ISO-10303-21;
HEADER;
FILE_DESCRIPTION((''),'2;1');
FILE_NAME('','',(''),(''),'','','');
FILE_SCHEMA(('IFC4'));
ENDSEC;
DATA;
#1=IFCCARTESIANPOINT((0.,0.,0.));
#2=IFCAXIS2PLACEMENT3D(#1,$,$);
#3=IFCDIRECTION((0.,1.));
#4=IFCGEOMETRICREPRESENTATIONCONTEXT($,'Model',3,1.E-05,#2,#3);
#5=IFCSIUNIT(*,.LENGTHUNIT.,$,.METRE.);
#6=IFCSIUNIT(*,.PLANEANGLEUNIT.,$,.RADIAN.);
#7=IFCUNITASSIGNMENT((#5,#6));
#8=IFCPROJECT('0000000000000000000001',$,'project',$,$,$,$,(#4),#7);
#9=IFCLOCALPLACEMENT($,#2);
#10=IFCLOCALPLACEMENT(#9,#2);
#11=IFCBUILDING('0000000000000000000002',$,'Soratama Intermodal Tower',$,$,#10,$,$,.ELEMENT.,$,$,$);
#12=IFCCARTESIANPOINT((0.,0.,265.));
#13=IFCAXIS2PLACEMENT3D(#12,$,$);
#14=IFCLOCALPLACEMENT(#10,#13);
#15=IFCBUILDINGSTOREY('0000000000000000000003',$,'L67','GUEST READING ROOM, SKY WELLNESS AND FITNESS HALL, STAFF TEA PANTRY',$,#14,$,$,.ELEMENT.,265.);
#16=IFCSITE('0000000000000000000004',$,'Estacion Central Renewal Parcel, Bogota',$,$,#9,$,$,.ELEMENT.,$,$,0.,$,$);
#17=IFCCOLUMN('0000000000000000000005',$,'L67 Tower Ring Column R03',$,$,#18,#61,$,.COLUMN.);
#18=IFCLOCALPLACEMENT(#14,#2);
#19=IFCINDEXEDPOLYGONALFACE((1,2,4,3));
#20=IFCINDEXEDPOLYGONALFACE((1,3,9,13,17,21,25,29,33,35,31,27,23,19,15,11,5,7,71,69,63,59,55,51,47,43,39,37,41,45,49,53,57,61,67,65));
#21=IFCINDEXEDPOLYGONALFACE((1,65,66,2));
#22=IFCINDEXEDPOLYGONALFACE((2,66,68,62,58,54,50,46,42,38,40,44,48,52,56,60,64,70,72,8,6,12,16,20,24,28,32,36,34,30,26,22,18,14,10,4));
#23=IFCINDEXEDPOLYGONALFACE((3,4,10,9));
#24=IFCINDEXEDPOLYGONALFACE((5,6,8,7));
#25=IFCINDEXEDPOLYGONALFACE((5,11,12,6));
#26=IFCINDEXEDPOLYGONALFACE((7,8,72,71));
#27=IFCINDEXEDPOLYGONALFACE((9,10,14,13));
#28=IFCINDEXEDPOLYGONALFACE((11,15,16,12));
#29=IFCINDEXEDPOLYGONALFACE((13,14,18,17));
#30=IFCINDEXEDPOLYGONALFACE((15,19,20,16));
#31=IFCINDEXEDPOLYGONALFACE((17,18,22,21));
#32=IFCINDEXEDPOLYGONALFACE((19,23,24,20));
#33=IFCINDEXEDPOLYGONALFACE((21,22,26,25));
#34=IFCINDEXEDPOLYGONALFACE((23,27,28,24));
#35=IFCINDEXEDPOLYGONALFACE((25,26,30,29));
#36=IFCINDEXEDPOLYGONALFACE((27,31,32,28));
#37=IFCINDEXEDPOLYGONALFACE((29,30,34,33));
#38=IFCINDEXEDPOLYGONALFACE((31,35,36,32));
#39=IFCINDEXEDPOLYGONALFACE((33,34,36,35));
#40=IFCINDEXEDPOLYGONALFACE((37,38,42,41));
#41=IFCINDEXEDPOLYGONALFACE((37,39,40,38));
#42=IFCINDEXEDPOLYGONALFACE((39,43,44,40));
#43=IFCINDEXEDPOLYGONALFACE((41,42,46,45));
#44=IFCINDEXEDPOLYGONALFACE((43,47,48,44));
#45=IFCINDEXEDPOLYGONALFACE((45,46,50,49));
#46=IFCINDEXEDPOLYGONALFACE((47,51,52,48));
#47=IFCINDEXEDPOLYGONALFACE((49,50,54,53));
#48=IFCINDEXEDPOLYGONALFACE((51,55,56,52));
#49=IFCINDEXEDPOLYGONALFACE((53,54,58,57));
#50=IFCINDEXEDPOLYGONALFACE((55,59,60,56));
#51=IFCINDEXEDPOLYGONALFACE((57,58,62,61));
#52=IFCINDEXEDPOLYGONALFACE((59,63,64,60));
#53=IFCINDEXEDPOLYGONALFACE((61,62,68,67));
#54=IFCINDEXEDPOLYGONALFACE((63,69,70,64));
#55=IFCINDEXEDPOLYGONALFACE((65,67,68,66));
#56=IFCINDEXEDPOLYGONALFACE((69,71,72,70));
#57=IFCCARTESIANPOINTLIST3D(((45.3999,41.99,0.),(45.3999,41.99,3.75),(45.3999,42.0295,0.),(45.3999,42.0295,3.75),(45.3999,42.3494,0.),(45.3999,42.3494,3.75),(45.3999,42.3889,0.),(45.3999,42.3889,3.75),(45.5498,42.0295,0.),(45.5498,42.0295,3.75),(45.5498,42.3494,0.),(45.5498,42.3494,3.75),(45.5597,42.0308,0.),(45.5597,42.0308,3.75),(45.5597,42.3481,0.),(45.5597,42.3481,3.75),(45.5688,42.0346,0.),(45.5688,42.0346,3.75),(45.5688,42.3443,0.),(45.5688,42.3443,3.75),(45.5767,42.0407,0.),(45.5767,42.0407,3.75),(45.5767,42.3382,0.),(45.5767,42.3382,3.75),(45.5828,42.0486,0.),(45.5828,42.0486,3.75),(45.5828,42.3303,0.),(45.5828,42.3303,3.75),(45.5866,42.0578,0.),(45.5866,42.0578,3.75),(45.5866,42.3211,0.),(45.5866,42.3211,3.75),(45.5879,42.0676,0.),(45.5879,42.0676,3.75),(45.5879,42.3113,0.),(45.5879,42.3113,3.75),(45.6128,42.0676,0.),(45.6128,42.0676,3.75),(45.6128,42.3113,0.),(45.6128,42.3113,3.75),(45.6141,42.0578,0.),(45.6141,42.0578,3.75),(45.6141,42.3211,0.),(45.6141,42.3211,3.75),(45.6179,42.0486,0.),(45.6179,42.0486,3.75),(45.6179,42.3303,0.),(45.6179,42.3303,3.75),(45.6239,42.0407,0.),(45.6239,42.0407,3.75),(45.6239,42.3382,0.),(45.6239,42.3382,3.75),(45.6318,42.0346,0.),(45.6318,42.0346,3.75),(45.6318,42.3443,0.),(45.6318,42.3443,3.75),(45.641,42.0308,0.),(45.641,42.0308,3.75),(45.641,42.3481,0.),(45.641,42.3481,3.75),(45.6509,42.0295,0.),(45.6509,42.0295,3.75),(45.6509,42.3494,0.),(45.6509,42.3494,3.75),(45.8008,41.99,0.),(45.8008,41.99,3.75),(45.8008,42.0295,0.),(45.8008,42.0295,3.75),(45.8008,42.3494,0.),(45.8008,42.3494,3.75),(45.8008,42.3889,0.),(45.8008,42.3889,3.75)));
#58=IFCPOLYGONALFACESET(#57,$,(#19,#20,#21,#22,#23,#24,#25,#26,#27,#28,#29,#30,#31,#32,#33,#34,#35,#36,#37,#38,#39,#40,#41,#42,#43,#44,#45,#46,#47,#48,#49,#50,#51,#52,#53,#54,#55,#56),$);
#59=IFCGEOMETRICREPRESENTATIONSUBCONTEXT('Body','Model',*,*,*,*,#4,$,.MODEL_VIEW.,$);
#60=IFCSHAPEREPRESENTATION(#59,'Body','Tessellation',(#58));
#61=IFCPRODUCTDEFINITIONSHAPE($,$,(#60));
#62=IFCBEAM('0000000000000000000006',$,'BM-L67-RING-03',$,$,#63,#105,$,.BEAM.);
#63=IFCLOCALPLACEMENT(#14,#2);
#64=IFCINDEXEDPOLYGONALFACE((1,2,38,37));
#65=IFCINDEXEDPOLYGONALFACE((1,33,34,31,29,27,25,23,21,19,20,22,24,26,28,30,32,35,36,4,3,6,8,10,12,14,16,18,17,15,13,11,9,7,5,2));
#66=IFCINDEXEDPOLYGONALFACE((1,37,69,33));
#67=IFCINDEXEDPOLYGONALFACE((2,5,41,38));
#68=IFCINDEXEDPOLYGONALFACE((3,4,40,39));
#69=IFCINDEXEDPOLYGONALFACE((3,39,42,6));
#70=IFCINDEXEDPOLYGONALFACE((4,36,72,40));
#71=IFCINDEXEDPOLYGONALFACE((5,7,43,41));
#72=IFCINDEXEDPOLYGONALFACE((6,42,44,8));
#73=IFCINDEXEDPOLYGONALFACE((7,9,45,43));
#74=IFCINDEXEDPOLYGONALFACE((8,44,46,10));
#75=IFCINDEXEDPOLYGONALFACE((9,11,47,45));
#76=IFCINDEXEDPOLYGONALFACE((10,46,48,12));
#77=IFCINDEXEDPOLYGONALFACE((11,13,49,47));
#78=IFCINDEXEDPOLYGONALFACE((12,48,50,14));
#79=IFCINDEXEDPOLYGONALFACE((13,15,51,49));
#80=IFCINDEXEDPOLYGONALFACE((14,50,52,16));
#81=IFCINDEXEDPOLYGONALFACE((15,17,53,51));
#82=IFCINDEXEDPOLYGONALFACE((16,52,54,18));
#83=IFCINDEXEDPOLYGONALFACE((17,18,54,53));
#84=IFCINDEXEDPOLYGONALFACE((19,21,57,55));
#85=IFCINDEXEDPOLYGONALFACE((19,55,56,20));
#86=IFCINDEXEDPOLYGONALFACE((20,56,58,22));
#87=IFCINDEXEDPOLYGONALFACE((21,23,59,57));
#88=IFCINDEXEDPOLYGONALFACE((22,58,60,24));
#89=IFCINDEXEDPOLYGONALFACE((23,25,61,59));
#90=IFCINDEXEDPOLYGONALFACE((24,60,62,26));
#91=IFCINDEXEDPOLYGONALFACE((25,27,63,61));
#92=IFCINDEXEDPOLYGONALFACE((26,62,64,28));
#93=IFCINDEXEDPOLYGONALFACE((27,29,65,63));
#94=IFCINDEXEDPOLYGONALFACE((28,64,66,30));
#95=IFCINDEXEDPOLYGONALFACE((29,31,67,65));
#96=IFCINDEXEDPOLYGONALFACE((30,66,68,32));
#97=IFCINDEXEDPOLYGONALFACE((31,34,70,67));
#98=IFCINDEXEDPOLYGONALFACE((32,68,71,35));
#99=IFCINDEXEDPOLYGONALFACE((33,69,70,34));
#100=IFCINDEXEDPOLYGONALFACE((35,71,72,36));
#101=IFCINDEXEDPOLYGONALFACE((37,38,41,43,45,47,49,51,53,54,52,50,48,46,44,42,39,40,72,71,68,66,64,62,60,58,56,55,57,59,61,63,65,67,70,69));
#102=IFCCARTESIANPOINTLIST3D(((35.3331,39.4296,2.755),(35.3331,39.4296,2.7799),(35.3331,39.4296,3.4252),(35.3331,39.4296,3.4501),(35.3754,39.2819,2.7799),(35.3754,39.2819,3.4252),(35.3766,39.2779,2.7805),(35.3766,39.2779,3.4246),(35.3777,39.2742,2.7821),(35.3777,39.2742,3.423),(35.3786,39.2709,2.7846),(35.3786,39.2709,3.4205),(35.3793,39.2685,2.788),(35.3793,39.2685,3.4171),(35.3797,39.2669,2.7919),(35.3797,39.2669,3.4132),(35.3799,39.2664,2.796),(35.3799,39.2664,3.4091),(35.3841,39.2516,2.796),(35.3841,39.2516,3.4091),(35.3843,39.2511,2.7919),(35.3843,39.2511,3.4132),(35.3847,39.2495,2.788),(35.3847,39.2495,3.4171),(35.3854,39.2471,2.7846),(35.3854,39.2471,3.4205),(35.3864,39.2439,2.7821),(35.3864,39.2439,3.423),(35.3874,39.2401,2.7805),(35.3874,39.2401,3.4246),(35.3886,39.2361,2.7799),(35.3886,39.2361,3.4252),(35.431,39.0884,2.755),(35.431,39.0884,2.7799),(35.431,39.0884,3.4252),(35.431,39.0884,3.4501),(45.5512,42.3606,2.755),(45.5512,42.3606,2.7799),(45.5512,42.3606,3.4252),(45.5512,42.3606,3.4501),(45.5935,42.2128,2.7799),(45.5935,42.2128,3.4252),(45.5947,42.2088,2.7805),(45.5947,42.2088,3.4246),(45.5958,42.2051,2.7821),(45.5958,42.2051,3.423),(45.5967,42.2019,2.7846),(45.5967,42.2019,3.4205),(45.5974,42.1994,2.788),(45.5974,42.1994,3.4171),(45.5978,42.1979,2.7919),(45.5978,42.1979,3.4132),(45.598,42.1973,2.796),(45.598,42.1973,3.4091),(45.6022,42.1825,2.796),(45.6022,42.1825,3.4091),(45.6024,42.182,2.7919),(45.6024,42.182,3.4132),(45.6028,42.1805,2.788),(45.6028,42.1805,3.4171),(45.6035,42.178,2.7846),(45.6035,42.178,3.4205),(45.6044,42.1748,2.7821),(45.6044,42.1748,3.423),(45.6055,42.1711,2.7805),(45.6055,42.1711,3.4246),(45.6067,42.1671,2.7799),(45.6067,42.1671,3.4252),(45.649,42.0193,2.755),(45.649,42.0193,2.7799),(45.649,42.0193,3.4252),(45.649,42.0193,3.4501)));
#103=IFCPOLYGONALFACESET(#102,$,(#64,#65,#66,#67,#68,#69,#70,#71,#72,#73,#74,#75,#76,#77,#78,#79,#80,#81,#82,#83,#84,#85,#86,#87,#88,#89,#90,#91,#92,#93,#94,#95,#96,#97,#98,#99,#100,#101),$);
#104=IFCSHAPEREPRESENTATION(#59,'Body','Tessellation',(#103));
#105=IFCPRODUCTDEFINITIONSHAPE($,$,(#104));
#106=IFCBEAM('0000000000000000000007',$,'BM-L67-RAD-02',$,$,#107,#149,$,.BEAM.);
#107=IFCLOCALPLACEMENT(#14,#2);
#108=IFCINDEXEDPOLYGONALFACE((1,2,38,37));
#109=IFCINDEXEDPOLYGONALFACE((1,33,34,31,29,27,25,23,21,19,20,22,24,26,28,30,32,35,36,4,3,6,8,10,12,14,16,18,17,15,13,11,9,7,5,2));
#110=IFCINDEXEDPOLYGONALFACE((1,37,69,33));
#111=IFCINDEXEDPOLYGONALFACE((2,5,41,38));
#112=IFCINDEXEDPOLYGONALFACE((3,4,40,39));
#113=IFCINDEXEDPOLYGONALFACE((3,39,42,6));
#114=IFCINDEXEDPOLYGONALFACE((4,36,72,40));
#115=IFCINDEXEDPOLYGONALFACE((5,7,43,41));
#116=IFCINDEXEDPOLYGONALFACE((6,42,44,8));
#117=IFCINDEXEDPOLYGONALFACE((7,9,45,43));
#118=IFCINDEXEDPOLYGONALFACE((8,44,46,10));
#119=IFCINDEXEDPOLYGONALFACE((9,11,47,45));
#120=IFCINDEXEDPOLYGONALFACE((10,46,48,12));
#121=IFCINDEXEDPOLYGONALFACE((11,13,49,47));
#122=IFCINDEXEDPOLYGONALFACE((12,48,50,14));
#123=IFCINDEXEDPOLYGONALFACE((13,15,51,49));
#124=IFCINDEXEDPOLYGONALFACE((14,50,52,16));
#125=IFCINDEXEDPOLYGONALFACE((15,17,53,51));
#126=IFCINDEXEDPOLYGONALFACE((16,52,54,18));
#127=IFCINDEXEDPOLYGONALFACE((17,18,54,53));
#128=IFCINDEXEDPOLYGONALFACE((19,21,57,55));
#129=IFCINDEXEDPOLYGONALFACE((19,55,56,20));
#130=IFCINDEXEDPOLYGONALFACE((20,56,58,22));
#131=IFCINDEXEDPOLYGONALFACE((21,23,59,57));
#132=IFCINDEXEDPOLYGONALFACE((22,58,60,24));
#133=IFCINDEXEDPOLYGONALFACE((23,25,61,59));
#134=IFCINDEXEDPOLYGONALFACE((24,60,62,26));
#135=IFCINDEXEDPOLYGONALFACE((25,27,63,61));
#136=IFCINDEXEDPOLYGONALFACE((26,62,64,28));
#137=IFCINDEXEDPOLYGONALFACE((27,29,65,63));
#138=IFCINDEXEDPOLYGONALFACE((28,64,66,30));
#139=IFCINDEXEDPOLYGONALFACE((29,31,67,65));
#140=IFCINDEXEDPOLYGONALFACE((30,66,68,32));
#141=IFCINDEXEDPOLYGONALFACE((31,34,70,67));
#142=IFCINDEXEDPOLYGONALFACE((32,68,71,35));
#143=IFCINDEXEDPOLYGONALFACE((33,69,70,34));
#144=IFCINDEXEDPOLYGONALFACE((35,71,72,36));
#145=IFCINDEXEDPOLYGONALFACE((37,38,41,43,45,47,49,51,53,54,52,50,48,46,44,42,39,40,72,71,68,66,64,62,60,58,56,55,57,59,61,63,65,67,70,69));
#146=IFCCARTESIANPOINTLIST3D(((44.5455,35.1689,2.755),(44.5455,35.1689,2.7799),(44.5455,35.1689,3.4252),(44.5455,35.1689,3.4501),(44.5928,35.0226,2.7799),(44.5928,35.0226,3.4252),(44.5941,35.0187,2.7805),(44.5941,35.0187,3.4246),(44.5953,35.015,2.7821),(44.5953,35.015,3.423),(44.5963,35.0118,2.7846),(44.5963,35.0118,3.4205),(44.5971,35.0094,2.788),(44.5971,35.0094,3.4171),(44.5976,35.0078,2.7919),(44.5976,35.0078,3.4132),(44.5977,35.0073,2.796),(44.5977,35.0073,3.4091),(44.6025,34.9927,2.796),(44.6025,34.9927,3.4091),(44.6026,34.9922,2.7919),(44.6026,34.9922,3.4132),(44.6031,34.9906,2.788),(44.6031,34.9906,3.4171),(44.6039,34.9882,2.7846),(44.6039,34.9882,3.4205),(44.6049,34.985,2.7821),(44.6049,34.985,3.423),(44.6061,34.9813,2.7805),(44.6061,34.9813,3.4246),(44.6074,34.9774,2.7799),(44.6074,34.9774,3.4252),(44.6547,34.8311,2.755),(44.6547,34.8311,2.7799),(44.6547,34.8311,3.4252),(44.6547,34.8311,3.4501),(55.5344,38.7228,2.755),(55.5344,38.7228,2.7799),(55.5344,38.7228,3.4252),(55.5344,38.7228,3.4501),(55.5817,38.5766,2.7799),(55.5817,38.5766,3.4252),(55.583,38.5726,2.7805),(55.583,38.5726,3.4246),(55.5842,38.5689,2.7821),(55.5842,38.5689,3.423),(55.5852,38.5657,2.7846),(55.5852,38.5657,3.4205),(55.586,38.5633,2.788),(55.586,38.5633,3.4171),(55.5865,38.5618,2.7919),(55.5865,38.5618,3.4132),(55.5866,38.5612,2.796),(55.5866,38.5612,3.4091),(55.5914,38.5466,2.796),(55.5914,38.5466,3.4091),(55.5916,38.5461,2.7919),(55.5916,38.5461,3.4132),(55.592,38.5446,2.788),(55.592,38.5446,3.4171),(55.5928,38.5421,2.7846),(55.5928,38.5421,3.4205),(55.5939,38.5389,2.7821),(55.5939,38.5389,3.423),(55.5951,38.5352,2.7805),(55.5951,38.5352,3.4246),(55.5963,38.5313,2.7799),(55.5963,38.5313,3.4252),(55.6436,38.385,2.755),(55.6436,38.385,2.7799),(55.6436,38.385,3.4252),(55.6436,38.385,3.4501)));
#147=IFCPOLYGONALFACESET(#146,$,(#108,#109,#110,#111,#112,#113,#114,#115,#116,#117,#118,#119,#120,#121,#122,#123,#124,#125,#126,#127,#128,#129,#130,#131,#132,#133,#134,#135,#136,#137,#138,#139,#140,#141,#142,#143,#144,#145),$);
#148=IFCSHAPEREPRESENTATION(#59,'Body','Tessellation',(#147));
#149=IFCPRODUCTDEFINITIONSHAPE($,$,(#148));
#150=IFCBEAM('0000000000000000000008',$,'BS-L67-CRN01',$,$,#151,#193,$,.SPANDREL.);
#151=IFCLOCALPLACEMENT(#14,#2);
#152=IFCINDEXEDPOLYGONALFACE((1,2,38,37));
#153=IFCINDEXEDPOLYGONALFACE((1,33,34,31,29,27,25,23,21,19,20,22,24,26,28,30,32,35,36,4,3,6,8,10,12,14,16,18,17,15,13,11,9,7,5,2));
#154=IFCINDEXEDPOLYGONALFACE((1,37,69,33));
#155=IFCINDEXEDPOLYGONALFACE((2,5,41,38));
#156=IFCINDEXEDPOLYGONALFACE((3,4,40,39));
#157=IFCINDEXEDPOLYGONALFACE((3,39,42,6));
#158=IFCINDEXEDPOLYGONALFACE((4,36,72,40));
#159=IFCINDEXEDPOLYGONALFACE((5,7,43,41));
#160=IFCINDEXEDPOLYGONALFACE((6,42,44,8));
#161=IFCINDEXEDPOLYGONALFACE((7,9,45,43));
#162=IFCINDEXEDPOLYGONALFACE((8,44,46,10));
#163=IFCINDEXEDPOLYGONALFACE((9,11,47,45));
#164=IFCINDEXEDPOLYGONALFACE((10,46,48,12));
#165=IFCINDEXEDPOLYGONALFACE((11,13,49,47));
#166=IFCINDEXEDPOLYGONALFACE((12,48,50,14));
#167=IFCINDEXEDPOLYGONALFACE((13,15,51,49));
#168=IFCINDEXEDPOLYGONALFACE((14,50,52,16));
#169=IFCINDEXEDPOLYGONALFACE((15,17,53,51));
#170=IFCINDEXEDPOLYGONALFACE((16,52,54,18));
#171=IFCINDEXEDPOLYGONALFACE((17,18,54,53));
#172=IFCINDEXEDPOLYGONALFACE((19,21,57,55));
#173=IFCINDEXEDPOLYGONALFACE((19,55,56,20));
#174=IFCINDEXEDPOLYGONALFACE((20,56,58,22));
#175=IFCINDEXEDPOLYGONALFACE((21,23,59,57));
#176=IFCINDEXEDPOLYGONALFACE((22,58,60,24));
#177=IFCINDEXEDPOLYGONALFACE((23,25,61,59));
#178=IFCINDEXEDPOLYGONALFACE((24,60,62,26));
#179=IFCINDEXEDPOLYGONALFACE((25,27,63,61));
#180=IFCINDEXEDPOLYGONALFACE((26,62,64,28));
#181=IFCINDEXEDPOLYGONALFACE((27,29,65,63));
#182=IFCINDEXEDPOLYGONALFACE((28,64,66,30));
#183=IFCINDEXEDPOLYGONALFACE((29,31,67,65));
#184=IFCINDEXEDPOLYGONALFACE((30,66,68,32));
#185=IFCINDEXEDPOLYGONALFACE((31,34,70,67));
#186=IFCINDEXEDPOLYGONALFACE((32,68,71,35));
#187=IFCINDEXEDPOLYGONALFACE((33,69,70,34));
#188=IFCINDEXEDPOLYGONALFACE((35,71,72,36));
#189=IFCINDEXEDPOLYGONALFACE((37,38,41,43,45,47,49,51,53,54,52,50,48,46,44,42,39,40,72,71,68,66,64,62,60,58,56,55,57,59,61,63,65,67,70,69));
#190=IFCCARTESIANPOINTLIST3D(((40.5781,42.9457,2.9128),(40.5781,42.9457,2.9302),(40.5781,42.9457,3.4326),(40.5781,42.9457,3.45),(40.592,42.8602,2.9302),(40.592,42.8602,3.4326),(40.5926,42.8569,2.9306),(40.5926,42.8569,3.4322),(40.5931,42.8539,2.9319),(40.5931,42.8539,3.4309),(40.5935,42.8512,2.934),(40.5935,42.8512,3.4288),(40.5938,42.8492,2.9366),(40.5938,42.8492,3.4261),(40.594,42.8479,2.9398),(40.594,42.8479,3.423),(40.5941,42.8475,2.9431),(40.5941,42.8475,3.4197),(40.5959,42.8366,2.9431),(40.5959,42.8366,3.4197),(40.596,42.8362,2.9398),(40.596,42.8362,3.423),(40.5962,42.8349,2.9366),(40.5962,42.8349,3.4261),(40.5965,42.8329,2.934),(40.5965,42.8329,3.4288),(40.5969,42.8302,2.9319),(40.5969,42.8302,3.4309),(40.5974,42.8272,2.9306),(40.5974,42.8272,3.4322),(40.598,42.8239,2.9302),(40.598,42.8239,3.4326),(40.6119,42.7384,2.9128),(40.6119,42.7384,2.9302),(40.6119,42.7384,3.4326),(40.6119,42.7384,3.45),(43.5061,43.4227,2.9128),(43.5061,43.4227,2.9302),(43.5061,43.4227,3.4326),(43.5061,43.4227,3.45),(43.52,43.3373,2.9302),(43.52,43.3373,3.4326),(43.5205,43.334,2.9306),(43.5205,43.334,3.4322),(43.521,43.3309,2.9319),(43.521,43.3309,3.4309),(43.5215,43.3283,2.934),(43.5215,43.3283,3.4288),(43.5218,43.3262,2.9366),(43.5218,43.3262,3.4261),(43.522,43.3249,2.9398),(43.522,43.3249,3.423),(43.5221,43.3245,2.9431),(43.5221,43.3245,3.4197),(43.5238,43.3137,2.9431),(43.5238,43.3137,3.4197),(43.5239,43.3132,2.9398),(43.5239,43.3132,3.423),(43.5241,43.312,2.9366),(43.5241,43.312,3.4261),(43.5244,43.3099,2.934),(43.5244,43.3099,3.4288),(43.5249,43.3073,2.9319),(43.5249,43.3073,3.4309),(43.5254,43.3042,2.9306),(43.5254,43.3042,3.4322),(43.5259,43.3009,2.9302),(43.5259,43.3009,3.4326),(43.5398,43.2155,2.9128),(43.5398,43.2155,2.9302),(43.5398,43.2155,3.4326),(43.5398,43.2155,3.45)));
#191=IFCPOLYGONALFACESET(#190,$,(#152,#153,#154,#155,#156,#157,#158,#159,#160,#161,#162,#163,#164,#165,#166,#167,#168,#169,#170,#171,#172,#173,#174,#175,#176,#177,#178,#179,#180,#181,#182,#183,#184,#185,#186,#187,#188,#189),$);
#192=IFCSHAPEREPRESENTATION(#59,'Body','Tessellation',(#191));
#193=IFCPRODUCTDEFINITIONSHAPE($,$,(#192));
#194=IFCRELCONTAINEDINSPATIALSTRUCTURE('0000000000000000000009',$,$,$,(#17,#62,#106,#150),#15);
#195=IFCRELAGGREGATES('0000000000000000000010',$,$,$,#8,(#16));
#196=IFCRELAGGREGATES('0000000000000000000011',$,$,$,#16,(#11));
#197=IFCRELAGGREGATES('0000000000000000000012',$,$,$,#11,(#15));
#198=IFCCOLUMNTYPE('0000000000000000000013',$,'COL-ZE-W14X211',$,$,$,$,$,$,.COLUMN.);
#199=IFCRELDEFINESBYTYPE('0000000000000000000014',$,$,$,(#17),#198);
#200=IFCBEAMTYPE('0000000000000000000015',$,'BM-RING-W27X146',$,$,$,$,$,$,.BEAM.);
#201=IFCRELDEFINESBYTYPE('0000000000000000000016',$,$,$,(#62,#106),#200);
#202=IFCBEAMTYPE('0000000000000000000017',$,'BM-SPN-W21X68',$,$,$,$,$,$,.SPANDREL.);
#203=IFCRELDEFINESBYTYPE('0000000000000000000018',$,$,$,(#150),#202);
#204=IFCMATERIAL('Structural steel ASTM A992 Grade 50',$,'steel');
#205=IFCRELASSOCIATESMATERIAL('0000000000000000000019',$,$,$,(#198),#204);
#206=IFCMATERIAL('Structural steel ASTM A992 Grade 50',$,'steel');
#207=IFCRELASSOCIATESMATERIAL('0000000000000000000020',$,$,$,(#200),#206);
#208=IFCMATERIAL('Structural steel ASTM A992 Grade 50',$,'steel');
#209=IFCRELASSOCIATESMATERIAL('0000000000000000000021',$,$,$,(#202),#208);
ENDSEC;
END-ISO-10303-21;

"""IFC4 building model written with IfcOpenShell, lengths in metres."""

from ifc_helpers import new_model, si_unit, direction, frame, origin, origin_2d, place, context, subcontext, project, spatial, i_section, extrude, material, material_profile, profile_set, type_object, element, save


model = new_model("IFC4")

# Units and contexts
model_context = context("Model", 3, precision=1e-05, world=origin(), true_north=direction((0.0, 1.0)))
body_context = subcontext(model_context, "Body", "Model", "MODEL_VIEW")
ifc_project = project(units=[si_unit("LENGTHUNIT", "METRE"), si_unit("PLANEANGLEUNIT", "RADIAN")], contexts=[model_context])

# Site, building, storey
site_placement = place(None, origin())
site = spatial("IfcSite", under=ifc_project, at=site_placement, Name="Estacion Central Renewal Parcel, Bogota", CompositionType="ELEMENT", RefElevation=0.0)
building_placement = place(site_placement, origin())
building = spatial("IfcBuilding", under=site, at=building_placement, Name="Soratama Intermodal Tower", CompositionType="ELEMENT")
storey_placement = place(building_placement, frame((0.0, 0.0, 265.0)))
storey = spatial("IfcBuildingStorey", under=building, at=storey_placement, Name="L67", Description="GUEST READING ROOM, SKY WELLNESS AND FITNESS HALL, STAFF TEA PANTRY", CompositionType="ELEMENT", Elevation=265.0)

# Column
ifc_material_1 = material(Name="Structural steel ASTM A992 Grade 50", Category="steel")
ifc_material_profile_1 = material_profile(ifc_material_1, i_section(OverallWidth=0.4009, OverallDepth=0.3989, WebThickness=0.0249, FlangeThickness=0.0396, FilletRadius=0.0381, at=origin_2d()), Name="W14X211")
ifc_profile_set_1 = profile_set([ifc_material_profile_1], Name="Structural steel ASTM A992 Grade 50")
column_type = type_object("IfcColumnType", Name="COL-ZE-W14X211", PredefinedType="COLUMN", material=ifc_profile_set_1)
column_placement = place(storey_placement, frame((45.6003, 42.1895, 0.0), z_axis=(0.0, 0.0, 1.0), x_axis=(1.0, 0.0, 0.0)))
element("IfcColumn", 1, at=column_placement, inside=storey, type_object=column_type, Name="L67 Tower Ring Column R03", PredefinedType="COLUMN", context=body_context, shape_type="SweptSolid", body=[
    extrude(i_section(OverallWidth=0.4009, OverallDepth=0.3989, WebThickness=0.0249, FlangeThickness=0.0396, FilletRadius=0.0381, at=origin_2d()), origin(), (0.0, 0.0, 1.0), 3.75),
])

# Beams
ifc_material_2 = material(Name="Structural steel ASTM A992 Grade 50", Category="steel")
ifc_material_profile_2 = material_profile(ifc_material_2, i_section(OverallWidth=0.355, OverallDepth=0.6951, WebThickness=0.0154, FlangeThickness=0.0249, FilletRadius=0.0161, at=origin_2d()), Name="W27X146")
ifc_profile_set_2 = profile_set([ifc_material_profile_2], Name="Structural steel ASTM A992 Grade 50")
beam_type_1 = type_object("IfcBeamType", Name="BM-RING-W27X146", PredefinedType="BEAM", material=ifc_profile_set_2)
beam_1_placement = place(storey_placement, frame((45.6001, 42.1899, 3.1025), z_axis=(-0.961238, -0.275719, 0.0), x_axis=(0.275719, -0.961238, 0.0)))
element("IfcBeam", 2, at=beam_1_placement, inside=storey, type_object=beam_type_1, Name="BM-L67-RING-03", PredefinedType="BEAM", context=body_context, shape_type="SweptSolid", body=[
    extrude(i_section(OverallWidth=0.355, OverallDepth=0.6951, WebThickness=0.0154, FlangeThickness=0.0249, FilletRadius=0.0161, at=origin_2d()), origin(), (0.0, 0.0, 1.0), 10.6301),
])
beam_2_placement = place(storey_placement, frame((44.6001, 35.0, 3.1025), z_axis=(0.951478, 0.307717, 0.0), x_axis=(-0.307717, 0.951478, 0.0)))
element("IfcBeam", 3, at=beam_2_placement, inside=storey, type_object=beam_type_1, Name="BM-L67-RAD-02", PredefinedType="BEAM", context=body_context, shape_type="SweptSolid", body=[
    extrude(i_section(OverallWidth=0.355, OverallDepth=0.6951, WebThickness=0.0154, FlangeThickness=0.0249, FilletRadius=0.0161, at=origin_2d()), origin(), (0.0, 0.0, 1.0), 11.5493),
])
ifc_material_3 = material(Name="Structural steel ASTM A992 Grade 50", Category="steel")
ifc_material_profile_3 = material_profile(ifc_material_3, i_section(OverallWidth=0.21, OverallDepth=0.5371, WebThickness=0.011, FlangeThickness=0.0173, FilletRadius=0.0129, at=origin_2d()), Name="W21X68")
ifc_profile_set_3 = profile_set([ifc_material_profile_3], Name="Structural steel ASTM A992 Grade 50")
beam_type_2 = type_object("IfcBeamType", Name="BM-SPN-W21X68", PredefinedType="SPANDREL", material=ifc_profile_set_3)
beam_3_placement = place(storey_placement, frame((43.5229, 43.3191, 3.1814), z_axis=(-0.986986, -0.160808, 0.0), x_axis=(0.160808, -0.986986, 0.0)))
element("IfcBeam", 4, at=beam_3_placement, inside=storey, type_object=beam_type_2, Name="BS-L67-CRN01", PredefinedType="SPANDREL", context=body_context, shape_type="SweptSolid", body=[
    extrude(i_section(OverallWidth=0.21, OverallDepth=0.5371, WebThickness=0.011, FlangeThickness=0.0173, FilletRadius=0.0129, at=origin_2d()), origin(), (0.0, 0.0, 1.0), 2.9666),
])

save(model, "model.ifc")
